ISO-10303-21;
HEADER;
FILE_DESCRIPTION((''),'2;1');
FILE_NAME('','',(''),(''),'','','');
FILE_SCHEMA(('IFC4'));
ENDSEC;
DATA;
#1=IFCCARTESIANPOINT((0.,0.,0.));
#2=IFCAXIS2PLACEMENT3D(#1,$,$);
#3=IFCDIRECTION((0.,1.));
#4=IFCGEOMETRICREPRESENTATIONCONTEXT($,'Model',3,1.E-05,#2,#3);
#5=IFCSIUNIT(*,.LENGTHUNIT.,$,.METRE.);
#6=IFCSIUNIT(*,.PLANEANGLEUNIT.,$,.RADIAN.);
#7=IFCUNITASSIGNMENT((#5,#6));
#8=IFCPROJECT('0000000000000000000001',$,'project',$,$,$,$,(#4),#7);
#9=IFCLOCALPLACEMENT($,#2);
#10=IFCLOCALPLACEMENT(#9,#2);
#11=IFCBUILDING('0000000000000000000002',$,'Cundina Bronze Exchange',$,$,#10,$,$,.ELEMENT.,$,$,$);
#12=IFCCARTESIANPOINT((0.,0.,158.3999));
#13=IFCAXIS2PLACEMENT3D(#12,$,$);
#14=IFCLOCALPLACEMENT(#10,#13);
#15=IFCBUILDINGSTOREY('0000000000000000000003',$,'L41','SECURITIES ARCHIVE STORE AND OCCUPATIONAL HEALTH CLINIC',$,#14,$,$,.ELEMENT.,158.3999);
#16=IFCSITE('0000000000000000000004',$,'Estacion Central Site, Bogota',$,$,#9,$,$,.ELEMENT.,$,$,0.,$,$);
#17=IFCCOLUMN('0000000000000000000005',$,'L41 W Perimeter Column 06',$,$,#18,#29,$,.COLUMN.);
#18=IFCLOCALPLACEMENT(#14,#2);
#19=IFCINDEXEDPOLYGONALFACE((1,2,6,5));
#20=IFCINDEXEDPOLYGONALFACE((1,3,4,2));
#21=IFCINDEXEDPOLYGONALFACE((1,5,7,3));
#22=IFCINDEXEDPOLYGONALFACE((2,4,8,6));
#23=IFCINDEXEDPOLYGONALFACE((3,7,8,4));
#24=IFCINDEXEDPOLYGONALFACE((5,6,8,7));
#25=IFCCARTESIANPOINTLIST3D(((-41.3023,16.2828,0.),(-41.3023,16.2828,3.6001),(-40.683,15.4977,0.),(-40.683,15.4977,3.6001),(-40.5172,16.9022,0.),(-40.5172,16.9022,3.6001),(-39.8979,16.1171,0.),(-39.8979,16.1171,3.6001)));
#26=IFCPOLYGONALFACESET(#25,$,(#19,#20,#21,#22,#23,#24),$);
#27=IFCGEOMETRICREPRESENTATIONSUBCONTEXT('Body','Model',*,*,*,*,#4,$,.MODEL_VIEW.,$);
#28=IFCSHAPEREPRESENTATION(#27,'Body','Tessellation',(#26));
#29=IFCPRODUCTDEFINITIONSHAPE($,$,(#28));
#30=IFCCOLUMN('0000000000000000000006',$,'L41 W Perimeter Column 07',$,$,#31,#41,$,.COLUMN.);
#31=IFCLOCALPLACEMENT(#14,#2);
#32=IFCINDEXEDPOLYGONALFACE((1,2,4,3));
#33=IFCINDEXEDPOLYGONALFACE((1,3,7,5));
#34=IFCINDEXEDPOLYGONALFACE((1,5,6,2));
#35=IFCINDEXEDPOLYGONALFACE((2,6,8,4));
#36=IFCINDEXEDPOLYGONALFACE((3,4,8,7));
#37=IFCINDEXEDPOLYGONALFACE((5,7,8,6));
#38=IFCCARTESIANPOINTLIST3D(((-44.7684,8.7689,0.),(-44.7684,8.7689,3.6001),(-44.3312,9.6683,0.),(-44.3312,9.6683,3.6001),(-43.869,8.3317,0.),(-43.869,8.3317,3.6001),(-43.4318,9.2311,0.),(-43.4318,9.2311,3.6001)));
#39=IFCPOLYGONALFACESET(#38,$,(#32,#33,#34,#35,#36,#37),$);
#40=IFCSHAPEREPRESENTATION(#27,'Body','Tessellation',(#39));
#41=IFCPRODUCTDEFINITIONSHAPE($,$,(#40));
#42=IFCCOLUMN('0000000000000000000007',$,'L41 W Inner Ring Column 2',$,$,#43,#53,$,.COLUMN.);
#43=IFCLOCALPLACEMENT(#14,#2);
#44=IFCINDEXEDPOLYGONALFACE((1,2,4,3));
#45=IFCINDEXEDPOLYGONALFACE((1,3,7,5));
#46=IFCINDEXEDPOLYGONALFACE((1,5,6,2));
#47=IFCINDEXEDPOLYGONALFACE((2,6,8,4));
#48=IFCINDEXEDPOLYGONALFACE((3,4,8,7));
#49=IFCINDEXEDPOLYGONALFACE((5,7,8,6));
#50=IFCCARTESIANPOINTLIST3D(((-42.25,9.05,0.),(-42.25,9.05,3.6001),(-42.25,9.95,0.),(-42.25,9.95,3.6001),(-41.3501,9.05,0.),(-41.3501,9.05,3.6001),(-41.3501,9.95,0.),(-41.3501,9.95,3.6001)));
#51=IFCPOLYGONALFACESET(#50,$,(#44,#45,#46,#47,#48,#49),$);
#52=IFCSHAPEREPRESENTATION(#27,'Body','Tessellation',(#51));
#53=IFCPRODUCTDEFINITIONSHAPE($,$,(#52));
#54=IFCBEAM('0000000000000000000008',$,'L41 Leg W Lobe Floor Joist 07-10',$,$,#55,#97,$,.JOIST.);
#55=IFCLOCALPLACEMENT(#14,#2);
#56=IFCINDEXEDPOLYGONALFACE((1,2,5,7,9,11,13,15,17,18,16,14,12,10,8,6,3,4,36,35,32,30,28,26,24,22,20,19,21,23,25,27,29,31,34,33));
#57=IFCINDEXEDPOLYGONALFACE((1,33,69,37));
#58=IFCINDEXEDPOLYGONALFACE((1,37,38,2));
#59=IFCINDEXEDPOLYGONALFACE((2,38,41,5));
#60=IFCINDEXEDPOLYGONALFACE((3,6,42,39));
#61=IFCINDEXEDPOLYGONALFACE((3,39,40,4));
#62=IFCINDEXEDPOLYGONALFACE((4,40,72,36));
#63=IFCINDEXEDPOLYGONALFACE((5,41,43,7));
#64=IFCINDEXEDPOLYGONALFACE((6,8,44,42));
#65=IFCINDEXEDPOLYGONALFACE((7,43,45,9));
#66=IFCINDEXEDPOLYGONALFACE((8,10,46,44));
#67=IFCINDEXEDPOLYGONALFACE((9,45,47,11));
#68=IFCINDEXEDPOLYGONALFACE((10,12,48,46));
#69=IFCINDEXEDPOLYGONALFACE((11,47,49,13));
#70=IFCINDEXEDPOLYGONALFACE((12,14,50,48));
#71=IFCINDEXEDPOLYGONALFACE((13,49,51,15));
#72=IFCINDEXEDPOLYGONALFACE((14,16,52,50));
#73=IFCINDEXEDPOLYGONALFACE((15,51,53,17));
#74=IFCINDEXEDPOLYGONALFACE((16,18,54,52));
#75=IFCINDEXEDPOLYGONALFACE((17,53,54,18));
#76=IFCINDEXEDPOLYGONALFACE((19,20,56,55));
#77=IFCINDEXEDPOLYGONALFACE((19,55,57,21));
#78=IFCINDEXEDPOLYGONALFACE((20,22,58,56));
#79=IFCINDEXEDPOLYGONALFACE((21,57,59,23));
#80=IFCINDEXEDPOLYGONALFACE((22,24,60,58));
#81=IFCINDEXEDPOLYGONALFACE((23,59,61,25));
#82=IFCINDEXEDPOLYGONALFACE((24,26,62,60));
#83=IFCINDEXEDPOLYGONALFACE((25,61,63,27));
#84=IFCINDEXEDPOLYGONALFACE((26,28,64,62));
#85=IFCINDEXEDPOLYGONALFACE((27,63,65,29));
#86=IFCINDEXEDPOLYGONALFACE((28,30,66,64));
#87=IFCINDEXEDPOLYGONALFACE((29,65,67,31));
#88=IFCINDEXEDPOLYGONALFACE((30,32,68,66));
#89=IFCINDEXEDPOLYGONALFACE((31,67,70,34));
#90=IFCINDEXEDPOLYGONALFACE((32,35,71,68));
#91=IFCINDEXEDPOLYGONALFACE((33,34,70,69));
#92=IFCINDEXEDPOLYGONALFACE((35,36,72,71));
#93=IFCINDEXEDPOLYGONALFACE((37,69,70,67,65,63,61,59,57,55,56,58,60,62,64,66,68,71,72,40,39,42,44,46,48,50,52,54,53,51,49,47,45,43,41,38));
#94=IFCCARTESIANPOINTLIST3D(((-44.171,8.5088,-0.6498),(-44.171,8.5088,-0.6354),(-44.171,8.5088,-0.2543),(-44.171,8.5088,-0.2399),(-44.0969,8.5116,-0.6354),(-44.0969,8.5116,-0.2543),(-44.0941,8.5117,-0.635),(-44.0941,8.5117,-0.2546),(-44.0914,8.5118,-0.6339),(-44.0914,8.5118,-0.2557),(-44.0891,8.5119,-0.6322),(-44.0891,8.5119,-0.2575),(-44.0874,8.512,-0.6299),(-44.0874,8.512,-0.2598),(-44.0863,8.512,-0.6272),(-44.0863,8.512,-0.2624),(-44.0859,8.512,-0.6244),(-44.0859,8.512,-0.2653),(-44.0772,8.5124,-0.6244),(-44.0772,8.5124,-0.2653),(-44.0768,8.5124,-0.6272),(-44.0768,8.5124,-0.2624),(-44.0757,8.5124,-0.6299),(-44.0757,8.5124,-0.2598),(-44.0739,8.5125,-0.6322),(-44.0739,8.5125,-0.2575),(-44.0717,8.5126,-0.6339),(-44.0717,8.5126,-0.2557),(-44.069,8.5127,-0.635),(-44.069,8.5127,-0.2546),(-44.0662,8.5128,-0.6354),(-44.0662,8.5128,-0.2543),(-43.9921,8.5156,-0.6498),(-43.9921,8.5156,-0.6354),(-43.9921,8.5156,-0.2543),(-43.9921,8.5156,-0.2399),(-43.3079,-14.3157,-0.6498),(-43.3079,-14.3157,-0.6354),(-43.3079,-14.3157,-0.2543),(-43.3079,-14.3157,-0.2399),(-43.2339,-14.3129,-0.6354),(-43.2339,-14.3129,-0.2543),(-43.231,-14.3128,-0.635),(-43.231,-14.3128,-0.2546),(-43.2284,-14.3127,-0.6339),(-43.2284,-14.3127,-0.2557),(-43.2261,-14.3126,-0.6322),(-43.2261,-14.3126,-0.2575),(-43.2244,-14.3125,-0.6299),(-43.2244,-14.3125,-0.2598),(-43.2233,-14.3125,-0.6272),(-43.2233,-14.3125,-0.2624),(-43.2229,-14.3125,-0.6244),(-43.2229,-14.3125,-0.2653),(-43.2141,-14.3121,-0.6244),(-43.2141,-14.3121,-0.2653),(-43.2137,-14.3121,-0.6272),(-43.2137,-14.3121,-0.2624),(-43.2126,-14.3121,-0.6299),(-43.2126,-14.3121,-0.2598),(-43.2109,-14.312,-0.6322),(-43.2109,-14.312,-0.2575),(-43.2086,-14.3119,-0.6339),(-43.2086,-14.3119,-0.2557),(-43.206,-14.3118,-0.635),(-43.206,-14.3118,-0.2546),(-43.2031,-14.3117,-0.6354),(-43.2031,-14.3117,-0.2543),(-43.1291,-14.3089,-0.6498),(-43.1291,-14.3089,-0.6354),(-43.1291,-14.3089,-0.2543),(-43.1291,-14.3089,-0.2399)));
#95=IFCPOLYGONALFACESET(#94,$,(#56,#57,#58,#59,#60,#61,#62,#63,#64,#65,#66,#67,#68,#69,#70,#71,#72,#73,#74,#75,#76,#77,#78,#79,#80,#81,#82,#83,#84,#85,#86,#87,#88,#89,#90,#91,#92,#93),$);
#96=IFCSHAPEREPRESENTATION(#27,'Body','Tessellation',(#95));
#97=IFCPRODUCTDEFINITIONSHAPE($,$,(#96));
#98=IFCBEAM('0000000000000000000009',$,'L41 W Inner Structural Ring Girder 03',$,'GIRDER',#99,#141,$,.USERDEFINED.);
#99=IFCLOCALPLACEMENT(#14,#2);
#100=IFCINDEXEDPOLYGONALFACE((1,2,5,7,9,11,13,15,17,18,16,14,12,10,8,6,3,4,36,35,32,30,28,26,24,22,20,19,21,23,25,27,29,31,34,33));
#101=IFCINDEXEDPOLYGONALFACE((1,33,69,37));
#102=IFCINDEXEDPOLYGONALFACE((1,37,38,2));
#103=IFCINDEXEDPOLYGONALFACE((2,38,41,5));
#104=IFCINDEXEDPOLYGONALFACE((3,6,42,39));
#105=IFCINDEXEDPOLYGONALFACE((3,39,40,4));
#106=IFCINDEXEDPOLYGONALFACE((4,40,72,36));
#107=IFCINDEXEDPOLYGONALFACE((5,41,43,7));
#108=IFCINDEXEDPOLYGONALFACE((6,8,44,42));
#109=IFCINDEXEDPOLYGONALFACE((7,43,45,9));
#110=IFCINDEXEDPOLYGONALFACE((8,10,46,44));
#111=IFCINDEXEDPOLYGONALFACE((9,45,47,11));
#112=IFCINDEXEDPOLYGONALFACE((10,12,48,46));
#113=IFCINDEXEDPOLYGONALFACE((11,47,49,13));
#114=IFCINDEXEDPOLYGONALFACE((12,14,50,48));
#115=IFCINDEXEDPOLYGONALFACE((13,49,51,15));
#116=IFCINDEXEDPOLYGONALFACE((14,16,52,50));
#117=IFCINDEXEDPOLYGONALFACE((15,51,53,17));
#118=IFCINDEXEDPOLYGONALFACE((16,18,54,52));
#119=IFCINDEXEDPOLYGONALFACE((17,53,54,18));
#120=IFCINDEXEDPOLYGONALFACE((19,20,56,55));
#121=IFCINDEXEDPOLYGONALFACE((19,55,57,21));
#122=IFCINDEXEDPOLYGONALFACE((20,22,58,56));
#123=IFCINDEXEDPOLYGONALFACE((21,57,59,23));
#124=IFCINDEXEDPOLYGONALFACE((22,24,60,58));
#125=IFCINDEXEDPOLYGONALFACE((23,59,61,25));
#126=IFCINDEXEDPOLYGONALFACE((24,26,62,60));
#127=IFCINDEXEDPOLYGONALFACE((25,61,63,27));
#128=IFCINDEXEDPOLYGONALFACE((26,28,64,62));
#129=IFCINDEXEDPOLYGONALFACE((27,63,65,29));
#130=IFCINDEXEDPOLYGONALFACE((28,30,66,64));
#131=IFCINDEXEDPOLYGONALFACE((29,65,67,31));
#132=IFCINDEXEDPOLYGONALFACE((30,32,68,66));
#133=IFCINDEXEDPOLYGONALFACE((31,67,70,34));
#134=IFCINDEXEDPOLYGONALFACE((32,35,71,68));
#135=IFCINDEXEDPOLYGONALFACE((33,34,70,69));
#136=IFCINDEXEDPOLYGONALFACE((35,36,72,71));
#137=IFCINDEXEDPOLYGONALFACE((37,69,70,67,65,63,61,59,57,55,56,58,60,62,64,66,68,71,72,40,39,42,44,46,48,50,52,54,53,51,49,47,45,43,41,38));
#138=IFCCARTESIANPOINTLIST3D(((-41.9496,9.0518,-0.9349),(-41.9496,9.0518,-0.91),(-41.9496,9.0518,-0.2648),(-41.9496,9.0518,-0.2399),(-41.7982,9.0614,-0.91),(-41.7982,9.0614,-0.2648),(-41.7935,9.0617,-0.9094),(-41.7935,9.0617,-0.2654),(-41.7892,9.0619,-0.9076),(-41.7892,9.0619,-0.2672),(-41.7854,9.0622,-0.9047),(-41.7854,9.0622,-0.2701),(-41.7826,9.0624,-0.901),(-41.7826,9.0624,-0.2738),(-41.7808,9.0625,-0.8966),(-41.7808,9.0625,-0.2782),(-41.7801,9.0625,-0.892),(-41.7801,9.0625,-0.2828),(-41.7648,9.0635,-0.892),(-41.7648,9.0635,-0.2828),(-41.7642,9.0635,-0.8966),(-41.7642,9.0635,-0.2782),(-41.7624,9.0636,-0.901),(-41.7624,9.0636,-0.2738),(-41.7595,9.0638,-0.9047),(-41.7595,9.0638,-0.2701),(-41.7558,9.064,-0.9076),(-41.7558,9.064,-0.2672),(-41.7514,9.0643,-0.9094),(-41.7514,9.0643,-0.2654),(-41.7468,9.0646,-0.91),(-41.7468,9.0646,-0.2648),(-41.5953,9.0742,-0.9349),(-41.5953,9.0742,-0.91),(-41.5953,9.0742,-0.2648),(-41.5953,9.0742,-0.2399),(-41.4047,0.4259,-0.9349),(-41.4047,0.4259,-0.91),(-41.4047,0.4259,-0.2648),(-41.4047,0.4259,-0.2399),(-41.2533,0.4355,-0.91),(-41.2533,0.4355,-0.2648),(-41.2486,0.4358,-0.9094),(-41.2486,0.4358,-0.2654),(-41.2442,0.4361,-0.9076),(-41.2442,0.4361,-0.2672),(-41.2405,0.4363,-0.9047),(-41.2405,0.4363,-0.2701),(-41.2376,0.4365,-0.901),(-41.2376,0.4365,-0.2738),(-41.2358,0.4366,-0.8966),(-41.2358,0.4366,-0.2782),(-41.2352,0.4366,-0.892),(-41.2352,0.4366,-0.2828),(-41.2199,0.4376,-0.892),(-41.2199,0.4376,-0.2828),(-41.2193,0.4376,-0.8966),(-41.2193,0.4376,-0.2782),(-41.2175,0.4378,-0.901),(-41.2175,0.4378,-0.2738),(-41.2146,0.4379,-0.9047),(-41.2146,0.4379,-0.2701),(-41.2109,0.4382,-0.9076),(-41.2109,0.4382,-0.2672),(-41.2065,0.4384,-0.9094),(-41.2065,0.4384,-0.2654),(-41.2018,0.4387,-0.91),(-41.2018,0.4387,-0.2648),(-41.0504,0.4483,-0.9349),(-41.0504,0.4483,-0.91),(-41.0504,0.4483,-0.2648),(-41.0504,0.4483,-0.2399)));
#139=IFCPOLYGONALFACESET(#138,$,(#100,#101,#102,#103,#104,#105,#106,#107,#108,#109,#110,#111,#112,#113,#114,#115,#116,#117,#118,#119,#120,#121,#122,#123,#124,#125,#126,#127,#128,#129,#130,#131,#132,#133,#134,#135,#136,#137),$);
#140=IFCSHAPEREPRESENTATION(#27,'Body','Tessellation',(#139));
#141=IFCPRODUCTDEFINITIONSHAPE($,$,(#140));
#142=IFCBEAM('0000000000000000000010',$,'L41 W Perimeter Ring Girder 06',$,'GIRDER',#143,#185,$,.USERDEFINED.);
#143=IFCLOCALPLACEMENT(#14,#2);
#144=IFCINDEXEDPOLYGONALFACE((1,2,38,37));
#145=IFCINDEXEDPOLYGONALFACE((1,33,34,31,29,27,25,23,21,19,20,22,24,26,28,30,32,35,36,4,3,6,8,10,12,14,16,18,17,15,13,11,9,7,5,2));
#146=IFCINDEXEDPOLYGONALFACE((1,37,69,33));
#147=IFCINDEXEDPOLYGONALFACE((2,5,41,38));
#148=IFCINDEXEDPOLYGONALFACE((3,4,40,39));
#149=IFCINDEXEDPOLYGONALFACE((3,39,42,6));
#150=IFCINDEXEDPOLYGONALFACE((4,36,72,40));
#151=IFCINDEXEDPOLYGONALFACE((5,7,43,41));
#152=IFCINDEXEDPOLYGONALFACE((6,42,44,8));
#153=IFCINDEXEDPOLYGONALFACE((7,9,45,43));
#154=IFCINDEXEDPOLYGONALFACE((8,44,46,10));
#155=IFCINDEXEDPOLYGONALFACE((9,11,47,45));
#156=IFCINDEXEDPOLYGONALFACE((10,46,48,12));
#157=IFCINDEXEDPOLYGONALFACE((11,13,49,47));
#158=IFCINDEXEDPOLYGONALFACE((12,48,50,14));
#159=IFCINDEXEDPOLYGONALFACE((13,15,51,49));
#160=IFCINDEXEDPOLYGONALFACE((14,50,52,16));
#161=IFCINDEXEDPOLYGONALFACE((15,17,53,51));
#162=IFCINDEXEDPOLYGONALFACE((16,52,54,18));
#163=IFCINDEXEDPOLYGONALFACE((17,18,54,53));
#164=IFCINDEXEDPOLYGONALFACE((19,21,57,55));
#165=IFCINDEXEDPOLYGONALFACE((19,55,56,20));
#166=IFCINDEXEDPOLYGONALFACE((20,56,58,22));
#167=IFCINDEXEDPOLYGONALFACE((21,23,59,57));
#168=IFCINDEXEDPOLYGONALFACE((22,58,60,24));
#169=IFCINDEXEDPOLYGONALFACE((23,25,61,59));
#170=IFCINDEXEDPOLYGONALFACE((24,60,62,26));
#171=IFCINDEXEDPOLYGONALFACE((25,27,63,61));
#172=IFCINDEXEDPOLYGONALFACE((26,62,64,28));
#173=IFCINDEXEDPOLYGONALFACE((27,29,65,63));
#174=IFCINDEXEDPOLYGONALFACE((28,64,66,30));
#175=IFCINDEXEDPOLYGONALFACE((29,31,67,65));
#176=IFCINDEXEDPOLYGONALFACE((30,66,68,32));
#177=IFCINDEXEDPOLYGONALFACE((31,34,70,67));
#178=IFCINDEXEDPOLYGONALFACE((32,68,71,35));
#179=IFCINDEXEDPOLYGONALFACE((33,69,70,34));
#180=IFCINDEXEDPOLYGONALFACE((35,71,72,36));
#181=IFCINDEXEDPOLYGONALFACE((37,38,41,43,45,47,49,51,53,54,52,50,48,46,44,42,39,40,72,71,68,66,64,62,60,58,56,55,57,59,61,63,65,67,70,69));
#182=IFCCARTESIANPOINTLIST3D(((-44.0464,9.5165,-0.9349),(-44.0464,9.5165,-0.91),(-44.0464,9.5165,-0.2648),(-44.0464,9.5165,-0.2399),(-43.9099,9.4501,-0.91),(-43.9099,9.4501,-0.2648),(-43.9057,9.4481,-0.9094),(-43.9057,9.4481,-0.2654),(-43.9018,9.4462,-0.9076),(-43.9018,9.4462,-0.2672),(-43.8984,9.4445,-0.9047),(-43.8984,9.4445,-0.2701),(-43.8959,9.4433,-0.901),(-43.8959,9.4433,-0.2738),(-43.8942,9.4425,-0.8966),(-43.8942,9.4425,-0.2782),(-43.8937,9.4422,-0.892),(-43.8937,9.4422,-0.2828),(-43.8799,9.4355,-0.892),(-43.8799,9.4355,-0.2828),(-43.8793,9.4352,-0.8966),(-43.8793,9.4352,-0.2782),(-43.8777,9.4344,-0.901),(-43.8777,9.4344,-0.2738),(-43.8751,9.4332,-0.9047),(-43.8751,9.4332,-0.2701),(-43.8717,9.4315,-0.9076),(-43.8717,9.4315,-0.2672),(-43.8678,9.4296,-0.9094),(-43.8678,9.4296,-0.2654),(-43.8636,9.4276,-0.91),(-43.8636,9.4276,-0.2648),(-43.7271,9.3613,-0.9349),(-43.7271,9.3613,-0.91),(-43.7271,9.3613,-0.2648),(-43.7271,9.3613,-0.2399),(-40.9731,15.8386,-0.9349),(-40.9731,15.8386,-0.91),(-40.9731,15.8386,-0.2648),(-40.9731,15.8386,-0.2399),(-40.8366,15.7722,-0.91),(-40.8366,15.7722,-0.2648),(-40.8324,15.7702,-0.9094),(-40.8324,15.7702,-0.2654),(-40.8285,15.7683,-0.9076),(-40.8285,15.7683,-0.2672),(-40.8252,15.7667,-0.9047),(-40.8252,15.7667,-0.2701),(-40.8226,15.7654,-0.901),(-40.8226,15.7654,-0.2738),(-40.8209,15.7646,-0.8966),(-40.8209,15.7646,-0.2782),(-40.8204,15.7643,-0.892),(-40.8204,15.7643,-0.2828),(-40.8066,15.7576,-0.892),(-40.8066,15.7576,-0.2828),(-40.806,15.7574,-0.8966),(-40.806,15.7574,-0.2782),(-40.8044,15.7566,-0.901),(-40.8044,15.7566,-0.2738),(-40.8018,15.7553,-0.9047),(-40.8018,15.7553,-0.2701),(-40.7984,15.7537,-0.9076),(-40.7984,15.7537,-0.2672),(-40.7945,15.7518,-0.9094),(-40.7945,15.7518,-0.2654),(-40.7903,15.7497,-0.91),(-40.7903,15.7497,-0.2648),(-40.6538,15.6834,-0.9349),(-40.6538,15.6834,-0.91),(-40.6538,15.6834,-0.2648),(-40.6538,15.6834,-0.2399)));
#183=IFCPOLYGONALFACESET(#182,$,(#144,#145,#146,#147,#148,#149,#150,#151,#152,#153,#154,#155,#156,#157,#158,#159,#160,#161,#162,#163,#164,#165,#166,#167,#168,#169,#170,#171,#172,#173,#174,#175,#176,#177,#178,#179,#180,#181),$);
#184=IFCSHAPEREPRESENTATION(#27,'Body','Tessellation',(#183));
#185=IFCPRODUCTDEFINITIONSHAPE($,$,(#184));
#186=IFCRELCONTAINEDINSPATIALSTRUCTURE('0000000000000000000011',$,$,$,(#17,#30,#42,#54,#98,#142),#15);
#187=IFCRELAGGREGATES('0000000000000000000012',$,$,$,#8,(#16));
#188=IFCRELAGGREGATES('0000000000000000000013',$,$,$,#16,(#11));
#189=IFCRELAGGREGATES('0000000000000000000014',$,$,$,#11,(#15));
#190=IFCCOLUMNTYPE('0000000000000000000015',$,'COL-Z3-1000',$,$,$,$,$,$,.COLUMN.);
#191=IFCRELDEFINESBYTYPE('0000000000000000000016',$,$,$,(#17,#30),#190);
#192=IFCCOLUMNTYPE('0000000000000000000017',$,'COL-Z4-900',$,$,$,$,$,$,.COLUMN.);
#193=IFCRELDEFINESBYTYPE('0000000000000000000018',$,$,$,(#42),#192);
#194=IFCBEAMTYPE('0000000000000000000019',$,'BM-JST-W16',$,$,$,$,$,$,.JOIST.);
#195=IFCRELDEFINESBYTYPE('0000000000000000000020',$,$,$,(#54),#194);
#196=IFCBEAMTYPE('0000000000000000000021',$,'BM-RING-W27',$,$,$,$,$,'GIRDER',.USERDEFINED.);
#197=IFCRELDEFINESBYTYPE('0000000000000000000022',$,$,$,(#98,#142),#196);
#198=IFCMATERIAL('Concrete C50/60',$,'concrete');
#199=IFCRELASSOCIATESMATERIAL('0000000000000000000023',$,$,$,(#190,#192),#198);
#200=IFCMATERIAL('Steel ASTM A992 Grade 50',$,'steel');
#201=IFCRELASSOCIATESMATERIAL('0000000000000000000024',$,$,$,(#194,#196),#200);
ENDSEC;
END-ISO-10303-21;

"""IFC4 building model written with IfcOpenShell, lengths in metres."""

from ifc_helpers import new_model, si_unit, direction, frame, origin, origin_2d, place, context, subcontext, project, spatial, rectangle, i_section, extrude, material, material_profile, profile_set, type_object, element, save


model = new_model("IFC4")

# Units and contexts
model_context = context("Model", 3, precision=1e-05, world=origin(), true_north=direction((0.0, 1.0)))
body_context = subcontext(model_context, "Body", "Model", "MODEL_VIEW")
ifc_project = project(units=[si_unit("LENGTHUNIT", "METRE"), si_unit("PLANEANGLEUNIT", "RADIAN")], contexts=[model_context])

# Site, building, storey
site_placement = place(None, origin())
site = spatial("IfcSite", under=ifc_project, at=site_placement, Name="Estacion Central Site, Bogota", CompositionType="ELEMENT", RefElevation=0.0)
building_placement = place(site_placement, origin())
building = spatial("IfcBuilding", under=site, at=building_placement, Name="Cundina Bronze Exchange", CompositionType="ELEMENT")
storey_placement = place(building_placement, frame((0.0, 0.0, 158.3999)))
storey = spatial("IfcBuildingStorey", under=building, at=storey_placement, Name="L41", Description="SECURITIES ARCHIVE STORE AND OCCUPATIONAL HEALTH CLINIC", CompositionType="ELEMENT", Elevation=158.3999)

# Columns
ifc_material_1 = material(Name="Concrete C50/60", Category="concrete")
ifc_material_profile_1 = material_profile(ifc_material_1, rectangle(XDim=1.0, YDim=1.0, at=origin_2d()), Name="RC1000X1000", Category="concrete")
ifc_profile_set_1 = profile_set([ifc_material_profile_1], Name="Concrete C50/60")
column_type_1 = type_object("IfcColumnType", Name="COL-Z3-1000", PredefinedType="COLUMN", material=ifc_profile_set_1)
for number, where, z_axis, x_axis, name in (
    (1, (-40.6001, 16.2, 0.0), (0.0, 0.0, 1.0), (-0.785101, -0.619368, 0.0), "L41 W Perimeter Column 06"),
    (2, (-44.1001, 9.0, 0.0), (0.0, 0.0, 1.0), (-0.437116, -0.899405, 0.0), "L41 W Perimeter Column 07"),
):
    element("IfcColumn", number, at=place(storey_placement, frame(where, z_axis=z_axis, x_axis=x_axis)), inside=storey, type_object=column_type_1, Name=name, PredefinedType="COLUMN", context=body_context, shape_type="SweptSolid", body=[
        extrude(rectangle(XDim=1.0, YDim=1.0, at=origin_2d()), origin(), (0.0, 0.0, 1.0), 3.6001),
    ])
ifc_material_profile_2 = material_profile(ifc_material_1, rectangle(XDim=0.8999, YDim=0.8999, at=origin_2d()), Name="RC900X900", Category="concrete")
ifc_profile_set_2 = profile_set([ifc_material_profile_2], Name="Concrete C50/60")
column_type_2 = type_object("IfcColumnType", Name="COL-Z4-900", PredefinedType="COLUMN", material=ifc_profile_set_2)
column_placement = place(storey_placement, frame((-41.8, 9.5, 0.0), z_axis=(0.0, 0.0, 1.0), x_axis=(1.0, 0.0, 0.0)))
element("IfcColumn", 3, at=column_placement, inside=storey, type_object=column_type_2, Name="L41 W Inner Ring Column 2", PredefinedType="COLUMN", context=body_context, shape_type="SweptSolid", body=[
    extrude(rectangle(XDim=0.8999, YDim=0.8999, at=origin_2d()), origin(), (0.0, 0.0, 1.0), 3.6001),
])

# Beams
ifc_material_2 = material(Name="Steel ASTM A992 Grade 50", Category="steel")
ifc_material_profile_3 = material_profile(ifc_material_2, i_section(OverallWidth=0.179, OverallDepth=0.4099, WebThickness=0.0088, FlangeThickness=0.0144, FilletRadius=0.011, at=origin_2d()), Name="W16X45", Category="steel")
ifc_profile_set_3 = profile_set([ifc_material_profile_3], Name="Steel ASTM A992 Grade 50")
beam_type_1 = type_object("IfcBeamType", Name="BM-JST-W16", PredefinedType="JOIST", material=ifc_profile_set_3)
beam_1_placement = place(storey_placement, frame((-44.0815, 8.5122, -0.4448), z_axis=(0.037785, -0.999286, 0.0), x_axis=(0.999286, 0.037785, 0.0)))
element("IfcBeam", 4, at=beam_1_placement, inside=storey, type_object=beam_type_1, Name="L41 Leg W Lobe Floor Joist 07-10", PredefinedType="JOIST", context=body_context, shape_type="SweptSolid", body=[
    extrude(i_section(OverallWidth=0.179, OverallDepth=0.4099, WebThickness=0.0088, FlangeThickness=0.0144, FilletRadius=0.011, at=origin_2d()), origin(), (0.0, 0.0, 1.0), 22.8408),
])
ifc_material_profile_4 = material_profile(ifc_material_2, i_section(OverallWidth=0.355, OverallDepth=0.6951, WebThickness=0.0154, FlangeThickness=0.0249, FilletRadius=0.0181, at=origin_2d()), Name="W27X146", Category="steel")
ifc_profile_set_4 = profile_set([ifc_material_profile_4], Name="Steel ASTM A992 Grade 50")
beam_type_2 = type_object("IfcBeamType", Name="BM-RING-W27", ElementType="GIRDER", PredefinedType="USERDEFINED", material=ifc_profile_set_4)
beam_2_placement = place(storey_placement, frame((-41.7725, 9.063, -0.5874), z_axis=(0.063047, -0.998011, 0.0), x_axis=(0.998011, 0.063047, 0.0)))
element("IfcBeam", 5, at=beam_2_placement, inside=storey, type_object=beam_type_2, Name="L41 W Inner Structural Ring Girder 03", ObjectType="GIRDER", PredefinedType="USERDEFINED", context=body_context, shape_type="SweptSolid", body=[
    extrude(i_section(OverallWidth=0.355, OverallDepth=0.6951, WebThickness=0.0154, FlangeThickness=0.0249, FilletRadius=0.0181, at=origin_2d()), origin(), (0.0, 0.0, 1.0), 8.6431),
])
for number, where, z_axis, x_axis, name in (
    (6, (-40.8135, 15.761, -0.5874), (-0.437197, -0.899366, 0.0), (0.899366, -0.437197, 0.0), "L41 W Perimeter Ring Girder 06"),
):
    element("IfcBeam", number, at=place(storey_placement, frame(where, z_axis=z_axis, x_axis=x_axis)), inside=storey, type_object=beam_type_2, Name=name, ObjectType="GIRDER", PredefinedType="USERDEFINED", context=body_context, shape_type="SweptSolid", body=[
        extrude(i_section(OverallWidth=0.355, OverallDepth=0.6951, WebThickness=0.0154, FlangeThickness=0.0249, FilletRadius=0.0181, at=origin_2d()), origin(), (0.0, 0.0, 1.0), 7.0295),
    ])

save(model, "model.ifc")
